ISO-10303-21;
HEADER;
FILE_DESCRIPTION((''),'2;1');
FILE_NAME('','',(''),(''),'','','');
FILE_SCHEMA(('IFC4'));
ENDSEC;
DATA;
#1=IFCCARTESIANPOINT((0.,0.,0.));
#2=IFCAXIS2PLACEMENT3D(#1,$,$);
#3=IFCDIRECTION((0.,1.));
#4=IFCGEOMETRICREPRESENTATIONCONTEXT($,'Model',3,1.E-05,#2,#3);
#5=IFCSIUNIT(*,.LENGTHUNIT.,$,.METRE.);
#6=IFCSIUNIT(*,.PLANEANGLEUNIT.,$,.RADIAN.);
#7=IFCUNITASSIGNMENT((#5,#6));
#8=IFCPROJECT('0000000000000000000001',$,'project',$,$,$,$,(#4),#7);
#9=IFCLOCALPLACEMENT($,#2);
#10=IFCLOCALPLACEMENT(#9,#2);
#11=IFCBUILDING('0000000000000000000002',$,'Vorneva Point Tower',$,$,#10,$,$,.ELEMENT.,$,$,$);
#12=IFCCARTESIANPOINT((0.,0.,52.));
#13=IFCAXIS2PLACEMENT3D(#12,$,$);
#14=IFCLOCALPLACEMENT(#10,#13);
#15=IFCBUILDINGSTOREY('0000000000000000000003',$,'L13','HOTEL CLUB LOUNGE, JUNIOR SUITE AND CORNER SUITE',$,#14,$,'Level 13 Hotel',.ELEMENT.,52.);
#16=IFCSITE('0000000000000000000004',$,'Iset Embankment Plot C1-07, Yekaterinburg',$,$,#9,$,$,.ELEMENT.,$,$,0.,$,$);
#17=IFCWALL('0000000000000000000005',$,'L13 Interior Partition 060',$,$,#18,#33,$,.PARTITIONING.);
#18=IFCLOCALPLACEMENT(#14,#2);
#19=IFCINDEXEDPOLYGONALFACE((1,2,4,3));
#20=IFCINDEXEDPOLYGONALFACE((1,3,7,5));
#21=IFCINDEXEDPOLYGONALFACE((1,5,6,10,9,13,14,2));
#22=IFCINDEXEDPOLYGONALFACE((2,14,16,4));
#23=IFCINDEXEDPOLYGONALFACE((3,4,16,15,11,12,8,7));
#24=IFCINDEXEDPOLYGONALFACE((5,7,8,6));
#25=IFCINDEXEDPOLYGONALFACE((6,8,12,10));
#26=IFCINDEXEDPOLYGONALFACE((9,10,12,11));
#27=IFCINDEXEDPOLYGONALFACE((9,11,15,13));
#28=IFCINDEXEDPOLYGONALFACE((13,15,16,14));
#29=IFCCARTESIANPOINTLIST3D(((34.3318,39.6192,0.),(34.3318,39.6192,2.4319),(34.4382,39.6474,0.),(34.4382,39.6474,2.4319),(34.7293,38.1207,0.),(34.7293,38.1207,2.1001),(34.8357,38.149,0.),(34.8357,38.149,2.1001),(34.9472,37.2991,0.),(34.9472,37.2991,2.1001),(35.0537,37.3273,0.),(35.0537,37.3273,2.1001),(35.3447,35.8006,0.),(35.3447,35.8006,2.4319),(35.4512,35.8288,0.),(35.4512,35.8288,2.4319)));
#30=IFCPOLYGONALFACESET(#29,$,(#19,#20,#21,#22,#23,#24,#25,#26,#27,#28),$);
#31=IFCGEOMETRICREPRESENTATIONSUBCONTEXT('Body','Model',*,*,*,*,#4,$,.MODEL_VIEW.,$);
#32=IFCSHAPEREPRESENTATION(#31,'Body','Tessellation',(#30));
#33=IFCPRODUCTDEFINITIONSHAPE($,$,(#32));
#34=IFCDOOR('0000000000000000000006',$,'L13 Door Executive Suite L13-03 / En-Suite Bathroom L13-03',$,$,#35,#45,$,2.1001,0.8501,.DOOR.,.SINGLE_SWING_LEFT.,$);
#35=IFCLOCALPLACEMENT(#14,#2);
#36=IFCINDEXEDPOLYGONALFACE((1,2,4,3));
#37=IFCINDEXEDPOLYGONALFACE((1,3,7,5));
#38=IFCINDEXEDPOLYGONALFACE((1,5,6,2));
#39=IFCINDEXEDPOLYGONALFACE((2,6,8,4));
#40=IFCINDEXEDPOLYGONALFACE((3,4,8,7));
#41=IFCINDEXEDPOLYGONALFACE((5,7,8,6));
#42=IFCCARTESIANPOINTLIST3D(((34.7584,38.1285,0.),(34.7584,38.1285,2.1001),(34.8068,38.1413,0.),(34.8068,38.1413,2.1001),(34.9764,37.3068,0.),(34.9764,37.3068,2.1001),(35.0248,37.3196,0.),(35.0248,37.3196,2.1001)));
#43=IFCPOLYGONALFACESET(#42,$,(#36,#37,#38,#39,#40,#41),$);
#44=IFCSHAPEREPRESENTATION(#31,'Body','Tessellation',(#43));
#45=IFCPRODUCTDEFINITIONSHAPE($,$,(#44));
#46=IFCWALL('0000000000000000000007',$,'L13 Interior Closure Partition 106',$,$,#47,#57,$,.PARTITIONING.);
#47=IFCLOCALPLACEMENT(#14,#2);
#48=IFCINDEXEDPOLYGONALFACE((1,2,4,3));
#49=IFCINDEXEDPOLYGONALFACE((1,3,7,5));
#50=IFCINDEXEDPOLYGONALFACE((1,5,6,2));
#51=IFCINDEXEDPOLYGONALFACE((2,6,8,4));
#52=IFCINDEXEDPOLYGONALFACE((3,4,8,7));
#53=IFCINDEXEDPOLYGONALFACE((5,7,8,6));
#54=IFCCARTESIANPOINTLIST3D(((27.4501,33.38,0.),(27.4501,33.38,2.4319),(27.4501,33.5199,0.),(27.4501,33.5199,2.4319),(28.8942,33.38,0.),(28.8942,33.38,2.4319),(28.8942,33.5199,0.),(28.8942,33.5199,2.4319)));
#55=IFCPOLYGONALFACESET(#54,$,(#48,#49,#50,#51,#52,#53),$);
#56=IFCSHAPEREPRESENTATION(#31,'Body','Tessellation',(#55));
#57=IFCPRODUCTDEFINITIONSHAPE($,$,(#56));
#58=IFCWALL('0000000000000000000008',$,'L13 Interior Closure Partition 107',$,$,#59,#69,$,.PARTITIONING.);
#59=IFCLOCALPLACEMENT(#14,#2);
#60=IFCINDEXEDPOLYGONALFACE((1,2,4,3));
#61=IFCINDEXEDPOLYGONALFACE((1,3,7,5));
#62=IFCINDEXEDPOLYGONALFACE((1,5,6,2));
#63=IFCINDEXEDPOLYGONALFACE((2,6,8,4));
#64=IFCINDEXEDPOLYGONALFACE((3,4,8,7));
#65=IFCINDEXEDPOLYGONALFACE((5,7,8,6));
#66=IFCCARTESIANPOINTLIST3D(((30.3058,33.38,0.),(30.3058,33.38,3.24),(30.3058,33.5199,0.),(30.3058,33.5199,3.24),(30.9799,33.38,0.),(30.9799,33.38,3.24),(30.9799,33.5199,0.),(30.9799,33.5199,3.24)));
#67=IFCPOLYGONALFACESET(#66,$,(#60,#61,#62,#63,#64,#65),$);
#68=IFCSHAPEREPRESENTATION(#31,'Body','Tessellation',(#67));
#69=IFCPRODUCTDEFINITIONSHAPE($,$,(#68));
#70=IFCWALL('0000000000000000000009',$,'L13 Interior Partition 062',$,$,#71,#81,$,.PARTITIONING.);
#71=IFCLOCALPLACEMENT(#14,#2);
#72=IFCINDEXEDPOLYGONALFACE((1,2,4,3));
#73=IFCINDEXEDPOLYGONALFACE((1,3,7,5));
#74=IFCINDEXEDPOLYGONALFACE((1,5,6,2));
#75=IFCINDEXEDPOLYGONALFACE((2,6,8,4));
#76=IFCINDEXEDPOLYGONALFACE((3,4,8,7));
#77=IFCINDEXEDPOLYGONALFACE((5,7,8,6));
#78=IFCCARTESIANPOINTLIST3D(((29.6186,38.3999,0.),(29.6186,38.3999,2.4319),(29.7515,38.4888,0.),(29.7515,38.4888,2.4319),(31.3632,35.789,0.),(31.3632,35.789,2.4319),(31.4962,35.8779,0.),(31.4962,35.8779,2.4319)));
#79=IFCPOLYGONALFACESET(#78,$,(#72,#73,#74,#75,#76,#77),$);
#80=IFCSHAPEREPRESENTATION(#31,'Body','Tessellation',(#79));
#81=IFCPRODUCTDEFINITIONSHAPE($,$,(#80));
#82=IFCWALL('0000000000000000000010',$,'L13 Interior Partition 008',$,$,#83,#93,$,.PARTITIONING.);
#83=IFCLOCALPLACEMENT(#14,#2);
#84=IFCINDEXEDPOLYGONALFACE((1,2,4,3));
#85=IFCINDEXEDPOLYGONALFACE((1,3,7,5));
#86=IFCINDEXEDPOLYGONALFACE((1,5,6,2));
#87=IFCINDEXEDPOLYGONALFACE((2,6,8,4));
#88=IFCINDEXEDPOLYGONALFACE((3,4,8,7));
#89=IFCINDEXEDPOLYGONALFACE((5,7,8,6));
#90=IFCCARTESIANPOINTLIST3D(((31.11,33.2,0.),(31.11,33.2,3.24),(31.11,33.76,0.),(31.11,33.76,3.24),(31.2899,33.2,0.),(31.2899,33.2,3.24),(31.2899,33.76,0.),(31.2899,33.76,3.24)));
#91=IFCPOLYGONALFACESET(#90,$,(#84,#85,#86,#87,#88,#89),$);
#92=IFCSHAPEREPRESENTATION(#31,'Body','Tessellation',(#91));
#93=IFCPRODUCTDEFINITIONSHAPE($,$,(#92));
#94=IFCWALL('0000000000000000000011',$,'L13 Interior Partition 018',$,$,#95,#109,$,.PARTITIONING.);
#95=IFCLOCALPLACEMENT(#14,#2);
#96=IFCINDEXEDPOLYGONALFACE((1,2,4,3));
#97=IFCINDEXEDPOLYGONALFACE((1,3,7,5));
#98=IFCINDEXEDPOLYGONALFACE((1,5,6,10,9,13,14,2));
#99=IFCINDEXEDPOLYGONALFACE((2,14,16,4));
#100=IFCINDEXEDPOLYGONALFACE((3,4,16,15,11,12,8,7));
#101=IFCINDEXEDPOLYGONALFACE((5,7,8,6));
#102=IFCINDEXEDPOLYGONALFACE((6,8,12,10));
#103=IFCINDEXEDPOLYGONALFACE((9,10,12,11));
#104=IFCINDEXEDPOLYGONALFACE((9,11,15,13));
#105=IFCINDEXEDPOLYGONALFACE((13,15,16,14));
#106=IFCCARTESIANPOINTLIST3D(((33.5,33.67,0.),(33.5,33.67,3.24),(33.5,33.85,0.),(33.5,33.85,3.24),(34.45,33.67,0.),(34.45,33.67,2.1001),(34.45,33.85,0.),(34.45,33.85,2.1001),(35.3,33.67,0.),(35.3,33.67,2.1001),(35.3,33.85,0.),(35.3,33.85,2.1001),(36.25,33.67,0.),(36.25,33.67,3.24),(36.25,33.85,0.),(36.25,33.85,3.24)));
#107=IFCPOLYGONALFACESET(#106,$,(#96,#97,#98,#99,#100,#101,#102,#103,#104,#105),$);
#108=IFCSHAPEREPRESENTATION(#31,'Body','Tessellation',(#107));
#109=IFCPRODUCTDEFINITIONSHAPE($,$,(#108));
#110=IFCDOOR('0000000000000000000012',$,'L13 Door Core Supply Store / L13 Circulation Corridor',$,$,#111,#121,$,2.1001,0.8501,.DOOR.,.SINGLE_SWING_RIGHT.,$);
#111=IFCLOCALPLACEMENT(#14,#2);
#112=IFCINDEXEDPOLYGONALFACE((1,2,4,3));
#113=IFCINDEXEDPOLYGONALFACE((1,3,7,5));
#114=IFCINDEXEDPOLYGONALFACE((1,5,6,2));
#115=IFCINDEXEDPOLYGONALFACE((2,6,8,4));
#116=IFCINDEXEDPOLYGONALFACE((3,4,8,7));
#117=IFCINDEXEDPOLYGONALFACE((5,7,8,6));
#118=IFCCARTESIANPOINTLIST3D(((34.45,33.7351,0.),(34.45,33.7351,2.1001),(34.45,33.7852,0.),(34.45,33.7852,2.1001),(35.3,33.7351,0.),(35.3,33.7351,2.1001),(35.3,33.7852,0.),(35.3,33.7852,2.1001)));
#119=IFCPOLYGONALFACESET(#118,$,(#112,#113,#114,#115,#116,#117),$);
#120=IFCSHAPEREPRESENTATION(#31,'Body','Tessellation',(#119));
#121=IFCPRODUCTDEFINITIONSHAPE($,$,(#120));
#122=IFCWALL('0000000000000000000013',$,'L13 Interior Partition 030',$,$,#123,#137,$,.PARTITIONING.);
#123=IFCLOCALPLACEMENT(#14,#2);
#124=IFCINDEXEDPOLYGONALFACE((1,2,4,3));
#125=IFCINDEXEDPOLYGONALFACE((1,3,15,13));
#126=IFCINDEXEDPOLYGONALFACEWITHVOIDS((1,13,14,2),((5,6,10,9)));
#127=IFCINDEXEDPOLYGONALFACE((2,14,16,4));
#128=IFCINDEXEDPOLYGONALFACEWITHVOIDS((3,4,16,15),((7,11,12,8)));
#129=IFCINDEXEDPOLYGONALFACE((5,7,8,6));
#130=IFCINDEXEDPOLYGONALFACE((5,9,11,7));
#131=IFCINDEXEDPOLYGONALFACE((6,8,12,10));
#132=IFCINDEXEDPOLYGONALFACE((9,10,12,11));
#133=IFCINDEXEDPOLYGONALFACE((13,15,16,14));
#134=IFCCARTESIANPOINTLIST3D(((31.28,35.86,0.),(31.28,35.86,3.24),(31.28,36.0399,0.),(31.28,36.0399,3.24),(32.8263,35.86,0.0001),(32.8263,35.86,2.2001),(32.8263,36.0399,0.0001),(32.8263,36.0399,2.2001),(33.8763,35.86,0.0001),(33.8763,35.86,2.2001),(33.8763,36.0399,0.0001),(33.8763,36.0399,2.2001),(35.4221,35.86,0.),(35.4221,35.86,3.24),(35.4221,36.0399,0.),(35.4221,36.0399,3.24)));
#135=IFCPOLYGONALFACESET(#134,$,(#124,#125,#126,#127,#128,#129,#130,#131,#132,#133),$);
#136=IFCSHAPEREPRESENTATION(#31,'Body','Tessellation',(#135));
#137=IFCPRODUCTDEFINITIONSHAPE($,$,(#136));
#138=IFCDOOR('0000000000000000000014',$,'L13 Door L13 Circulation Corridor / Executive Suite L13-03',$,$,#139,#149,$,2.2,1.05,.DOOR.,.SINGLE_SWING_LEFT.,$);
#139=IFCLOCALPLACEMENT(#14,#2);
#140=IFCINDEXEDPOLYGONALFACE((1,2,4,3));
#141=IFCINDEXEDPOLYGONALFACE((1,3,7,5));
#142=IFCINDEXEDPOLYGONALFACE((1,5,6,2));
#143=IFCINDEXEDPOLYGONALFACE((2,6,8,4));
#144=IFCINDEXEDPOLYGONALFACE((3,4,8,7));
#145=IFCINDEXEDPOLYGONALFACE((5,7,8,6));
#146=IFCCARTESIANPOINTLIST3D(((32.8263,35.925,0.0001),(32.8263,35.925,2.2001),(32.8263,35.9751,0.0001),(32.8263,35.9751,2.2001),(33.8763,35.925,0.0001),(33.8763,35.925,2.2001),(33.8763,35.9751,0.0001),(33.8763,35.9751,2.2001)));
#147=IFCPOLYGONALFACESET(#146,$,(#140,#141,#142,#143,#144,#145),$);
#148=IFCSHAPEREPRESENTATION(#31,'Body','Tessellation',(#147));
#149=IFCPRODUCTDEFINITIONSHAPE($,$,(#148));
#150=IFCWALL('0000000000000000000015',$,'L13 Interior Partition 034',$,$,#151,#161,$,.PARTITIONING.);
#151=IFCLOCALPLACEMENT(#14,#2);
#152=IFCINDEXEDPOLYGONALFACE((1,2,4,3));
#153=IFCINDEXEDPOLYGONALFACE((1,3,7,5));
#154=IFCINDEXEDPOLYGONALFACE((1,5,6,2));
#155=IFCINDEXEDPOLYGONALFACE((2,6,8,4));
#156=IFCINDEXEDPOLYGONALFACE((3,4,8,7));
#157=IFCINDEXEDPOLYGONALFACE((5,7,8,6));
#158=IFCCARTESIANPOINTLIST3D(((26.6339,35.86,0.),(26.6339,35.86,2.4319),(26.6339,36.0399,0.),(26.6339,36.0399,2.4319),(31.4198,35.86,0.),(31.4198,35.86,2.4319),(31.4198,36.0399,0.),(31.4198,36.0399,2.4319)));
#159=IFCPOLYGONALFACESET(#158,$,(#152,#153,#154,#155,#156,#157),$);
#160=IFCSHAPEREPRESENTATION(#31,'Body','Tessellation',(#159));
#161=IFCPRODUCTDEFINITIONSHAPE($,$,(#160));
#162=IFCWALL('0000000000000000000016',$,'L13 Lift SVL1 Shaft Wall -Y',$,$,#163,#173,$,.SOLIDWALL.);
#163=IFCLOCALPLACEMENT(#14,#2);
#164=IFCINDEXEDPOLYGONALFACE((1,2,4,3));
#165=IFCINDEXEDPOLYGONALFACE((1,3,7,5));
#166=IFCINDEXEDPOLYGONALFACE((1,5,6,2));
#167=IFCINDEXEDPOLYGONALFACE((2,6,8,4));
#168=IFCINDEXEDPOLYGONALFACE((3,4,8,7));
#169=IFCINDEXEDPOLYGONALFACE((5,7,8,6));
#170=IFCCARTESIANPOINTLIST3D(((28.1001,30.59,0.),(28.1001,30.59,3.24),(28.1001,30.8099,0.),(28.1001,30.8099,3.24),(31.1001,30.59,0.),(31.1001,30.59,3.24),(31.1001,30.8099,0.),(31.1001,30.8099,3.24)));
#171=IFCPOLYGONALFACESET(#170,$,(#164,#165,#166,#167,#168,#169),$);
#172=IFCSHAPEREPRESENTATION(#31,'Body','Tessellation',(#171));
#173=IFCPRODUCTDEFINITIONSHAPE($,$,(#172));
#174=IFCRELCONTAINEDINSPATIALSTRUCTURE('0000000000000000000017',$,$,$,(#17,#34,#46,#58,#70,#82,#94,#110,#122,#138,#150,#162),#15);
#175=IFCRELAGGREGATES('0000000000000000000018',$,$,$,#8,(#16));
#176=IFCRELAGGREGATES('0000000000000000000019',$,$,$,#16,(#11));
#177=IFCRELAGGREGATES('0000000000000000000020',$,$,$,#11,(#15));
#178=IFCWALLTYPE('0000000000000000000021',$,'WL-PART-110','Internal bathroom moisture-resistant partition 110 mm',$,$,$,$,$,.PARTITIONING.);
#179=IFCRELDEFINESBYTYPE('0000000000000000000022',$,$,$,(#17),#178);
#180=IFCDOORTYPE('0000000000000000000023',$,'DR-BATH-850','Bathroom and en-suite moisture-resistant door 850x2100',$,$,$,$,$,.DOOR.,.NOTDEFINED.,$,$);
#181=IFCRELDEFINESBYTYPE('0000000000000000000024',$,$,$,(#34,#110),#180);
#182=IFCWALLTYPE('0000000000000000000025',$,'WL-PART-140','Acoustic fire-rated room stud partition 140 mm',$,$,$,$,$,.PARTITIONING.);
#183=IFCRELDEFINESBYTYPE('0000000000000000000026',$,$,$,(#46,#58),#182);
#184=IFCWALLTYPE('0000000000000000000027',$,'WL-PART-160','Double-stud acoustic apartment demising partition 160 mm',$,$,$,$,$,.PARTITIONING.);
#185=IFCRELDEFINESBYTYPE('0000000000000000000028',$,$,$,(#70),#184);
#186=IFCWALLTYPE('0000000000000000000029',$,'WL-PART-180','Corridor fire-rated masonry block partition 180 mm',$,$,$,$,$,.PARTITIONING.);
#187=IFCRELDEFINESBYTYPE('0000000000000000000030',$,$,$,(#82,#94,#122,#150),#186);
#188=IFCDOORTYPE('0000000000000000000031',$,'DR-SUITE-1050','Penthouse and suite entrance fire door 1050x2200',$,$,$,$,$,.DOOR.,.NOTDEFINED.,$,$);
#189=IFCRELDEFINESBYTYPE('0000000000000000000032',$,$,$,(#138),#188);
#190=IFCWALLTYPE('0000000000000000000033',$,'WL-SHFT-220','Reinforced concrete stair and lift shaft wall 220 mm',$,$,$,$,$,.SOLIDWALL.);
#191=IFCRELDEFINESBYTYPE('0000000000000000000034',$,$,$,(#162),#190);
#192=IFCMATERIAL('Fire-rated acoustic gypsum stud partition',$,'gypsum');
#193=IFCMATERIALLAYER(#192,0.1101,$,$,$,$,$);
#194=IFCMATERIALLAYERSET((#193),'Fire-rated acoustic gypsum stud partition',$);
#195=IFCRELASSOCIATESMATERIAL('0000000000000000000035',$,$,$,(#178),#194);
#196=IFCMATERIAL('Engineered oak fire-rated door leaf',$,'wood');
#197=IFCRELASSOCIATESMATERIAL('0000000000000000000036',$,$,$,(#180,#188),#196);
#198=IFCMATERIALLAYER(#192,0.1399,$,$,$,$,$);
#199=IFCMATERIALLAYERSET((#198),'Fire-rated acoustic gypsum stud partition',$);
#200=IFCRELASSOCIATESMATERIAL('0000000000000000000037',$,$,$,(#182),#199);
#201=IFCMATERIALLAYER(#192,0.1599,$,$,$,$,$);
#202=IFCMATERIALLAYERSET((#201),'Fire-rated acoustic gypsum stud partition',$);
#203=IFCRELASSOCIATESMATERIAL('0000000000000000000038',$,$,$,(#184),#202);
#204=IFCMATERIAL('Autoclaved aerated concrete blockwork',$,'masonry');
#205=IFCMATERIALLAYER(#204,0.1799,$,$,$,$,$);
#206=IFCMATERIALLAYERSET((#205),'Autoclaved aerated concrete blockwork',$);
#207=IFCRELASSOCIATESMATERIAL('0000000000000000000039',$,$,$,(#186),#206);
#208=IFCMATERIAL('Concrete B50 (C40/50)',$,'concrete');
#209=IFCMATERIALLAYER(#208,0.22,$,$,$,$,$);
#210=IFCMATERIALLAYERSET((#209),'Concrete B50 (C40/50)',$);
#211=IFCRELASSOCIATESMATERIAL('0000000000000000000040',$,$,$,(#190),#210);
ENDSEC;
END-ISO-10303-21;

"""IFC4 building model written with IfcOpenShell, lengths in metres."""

from ifc_helpers import new_model, si_unit, direction, frame, frame_2d, origin, place, context, subcontext, project, spatial, rectangle, extrude, material, layer, layer_set, type_object, element, fill, save


model = new_model("IFC4")

# Units and contexts
model_context = context("Model", 3, precision=1e-05, world=origin(), true_north=direction((0.0, 1.0)))
body_context = subcontext(model_context, "Body", "Model", "MODEL_VIEW")
ifc_project = project(units=[si_unit("LENGTHUNIT", "METRE"), si_unit("PLANEANGLEUNIT", "RADIAN")], contexts=[model_context])

# Site, building, storey
site_placement = place(None, origin())
site = spatial("IfcSite", under=ifc_project, at=site_placement, Name="Iset Embankment Plot C1-07, Yekaterinburg", CompositionType="ELEMENT", RefElevation=0.0)
building_placement = place(site_placement, origin())
building = spatial("IfcBuilding", under=site, at=building_placement, Name="Vorneva Point Tower", CompositionType="ELEMENT")
storey_placement = place(building_placement, frame((0.0, 0.0, 52.0)))
storey = spatial("IfcBuildingStorey", under=building, at=storey_placement, Name="L13", Description="HOTEL CLUB LOUNGE, JUNIOR SUITE AND CORNER SUITE", LongName="Level 13 Hotel", CompositionType="ELEMENT", Elevation=52.0)

# Shared definitions
ifc_material_1 = material(Name="Fire-rated acoustic gypsum stud partition", Category="gypsum")
ifc_layer_1 = layer(ifc_material_1, 0.1101)
ifc_layer_set_1 = layer_set([ifc_layer_1], Name="Fire-rated acoustic gypsum stud partition")
wall_type_1 = type_object("IfcWallType", Name="WL-PART-110", Description="Internal bathroom moisture-resistant partition 110 mm", PredefinedType="PARTITIONING", material=ifc_layer_set_1)

# Wall, opening, door
wall_1_placement = place(storey_placement, frame((35.3979, 35.8147, 0.0), z_axis=(0.0, 0.0, 1.0), x_axis=(-0.256397, 0.966572, 0.0)))
wall_1 = element("IfcWall", 1, at=wall_1_placement, inside=storey, type_object=wall_type_1, Name="L13 Interior Partition 060", PredefinedType="PARTITIONING", context=body_context, shape_type="SweptSolid", body=[
    extrude(rectangle(XDim=3.9507, YDim=0.1101, at=frame_2d((1.9753, 0.0))), origin(), (0.0, 0.0, 1.0), 2.4319),
])
opening_1_placement = place(wall_1_placement, frame((1.5503, 0.0, 0.0)))
opening_1 = element("IfcOpeningElement", 2, at=opening_1_placement, cuts=wall_1, PredefinedType="OPENING", context=body_context, shape_type="SweptSolid", body=[
    extrude(rectangle(XDim=0.8501, YDim=2.1001, at=frame_2d((0.425, 1.05))), frame((0.0, 0.0698, 0.0), z_axis=(0.0, -1.0, 0.0), x_axis=(1.0, 0.0, 0.0)), (0.0, 0.0, 1.0), 0.1399),
])
ifc_material_2 = material(Name="Engineered oak fire-rated door leaf", Category="wood")
door_type_1 = type_object("IfcDoorType", Name="DR-BATH-850", Description="Bathroom and en-suite moisture-resistant door 850x2100", OperationType="NOTDEFINED", PredefinedType="DOOR", material=ifc_material_2)
door_1_placement = place(opening_1_placement, origin())
door_1 = element("IfcDoor", 3, at=door_1_placement, inside=storey, type_object=door_type_1, Name="L13 Door Executive Suite L13-03 / En-Suite Bathroom L13-03", OperationType="SINGLE_SWING_LEFT", OverallHeight=2.1001, OverallWidth=0.8501, PredefinedType="DOOR", context=body_context, shape_type="SweptSolid", body=[
    extrude(rectangle(XDim=0.8501, YDim=2.1001, at=frame_2d((0.425, 1.05))), frame((0.0, 0.0249, 0.0), z_axis=(0.0, -1.0, 0.0), x_axis=(1.0, 0.0, 0.0)), (0.0, 0.0, 1.0), 0.05),
])
fill(opening_1, door_1)

# Walls
ifc_layer_2 = layer(ifc_material_1, 0.1399)
ifc_layer_set_2 = layer_set([ifc_layer_2], Name="Fire-rated acoustic gypsum stud partition")
wall_type_2 = type_object("IfcWallType", Name="WL-PART-140", Description="Acoustic fire-rated room stud partition 140 mm", PredefinedType="PARTITIONING", material=ifc_layer_set_2)
wall_2_placement = place(storey_placement, frame((27.45, 33.45, 0.0), z_axis=(0.0, 0.0, 1.0), x_axis=(1.0, 0.0, 0.0)))
element("IfcWall", 4, at=wall_2_placement, inside=storey, type_object=wall_type_2, Name="L13 Interior Closure Partition 106", PredefinedType="PARTITIONING", context=body_context, shape_type="SweptSolid", body=[
    extrude(rectangle(XDim=1.4441, YDim=0.1399, at=frame_2d((0.7222, 0.0))), origin(), (0.0, 0.0, 1.0), 2.4319),
])
wall_3_placement = place(storey_placement, frame((30.3059, 33.45, 0.0), z_axis=(0.0, 0.0, 1.0), x_axis=(1.0, 0.0, 0.0)))
element("IfcWall", 5, at=wall_3_placement, inside=storey, type_object=wall_type_2, Name="L13 Interior Closure Partition 107", PredefinedType="PARTITIONING", context=body_context, shape_type="SweptSolid", body=[
    extrude(rectangle(XDim=0.6741, YDim=0.1399, at=frame_2d((0.3369, 0.0))), origin(), (0.0, 0.0, 1.0), 3.24),
])
ifc_layer_3 = layer(ifc_material_1, 0.1599)
ifc_layer_set_3 = layer_set([ifc_layer_3], Name="Fire-rated acoustic gypsum stud partition")
wall_type_3 = type_object("IfcWallType", Name="WL-PART-160", Description="Double-stud acoustic apartment demising partition 160 mm", PredefinedType="PARTITIONING", material=ifc_layer_set_3)
wall_4_placement = place(storey_placement, frame((29.6851, 38.4443, 0.0), z_axis=(0.0, 0.0, 1.0), x_axis=(0.555597, -0.831452, 0.0)))
element("IfcWall", 6, at=wall_4_placement, inside=storey, type_object=wall_type_3, Name="L13 Interior Partition 062", PredefinedType="PARTITIONING", context=body_context, shape_type="SweptSolid", body=[
    extrude(rectangle(XDim=3.1401, YDim=0.1599, at=frame_2d((1.5701, 0.0))), origin(), (0.0, 0.0, 1.0), 2.4319),
])

# Shared definitions
ifc_material_3 = material(Name="Autoclaved aerated concrete blockwork", Category="masonry")
ifc_layer_4 = layer(ifc_material_3, 0.1799)
ifc_layer_set_4 = layer_set([ifc_layer_4], Name="Autoclaved aerated concrete blockwork")
wall_type_4 = type_object("IfcWallType", Name="WL-PART-180", Description="Corridor fire-rated masonry block partition 180 mm", PredefinedType="PARTITIONING", material=ifc_layer_set_4)

# Wall
wall_5_placement = place(storey_placement, frame((31.2, 33.76, 0.0), z_axis=(0.0, 0.0, 1.0), x_axis=(0.0, -1.0, 0.0)))
element("IfcWall", 7, at=wall_5_placement, inside=storey, type_object=wall_type_4, Name="L13 Interior Partition 008", PredefinedType="PARTITIONING", context=body_context, shape_type="SweptSolid", body=[
    extrude(rectangle(XDim=0.5601, YDim=0.1799, at=frame_2d((0.28, 0.0))), origin(), (0.0, 0.0, 1.0), 3.24),
])

# Walls, openings, doors
wall_6_placement = place(storey_placement, frame((36.25, 33.76, 0.0), z_axis=(0.0, 0.0, 1.0), x_axis=(-1.0, 0.0, 0.0)))
wall_6 = element("IfcWall", 8, at=wall_6_placement, inside=storey, type_object=wall_type_4, Name="L13 Interior Partition 018", PredefinedType="PARTITIONING", context=body_context, shape_type="SweptSolid", body=[
    extrude(rectangle(XDim=2.75, YDim=0.1799, at=frame_2d((1.375, 0.0))), origin(), (0.0, 0.0, 1.0), 3.24),
])
opening_2_placement = place(wall_6_placement, frame((0.95, 0.0, 0.0)))
opening_2 = element("IfcOpeningElement", 9, at=opening_2_placement, cuts=wall_6, PredefinedType="OPENING", context=body_context, shape_type="SweptSolid", body=[
    extrude(rectangle(XDim=0.8501, YDim=2.1001, at=frame_2d((0.425, 1.05))), frame((0.0, 0.105, 0.0), z_axis=(0.0, -1.0, 0.0), x_axis=(1.0, 0.0, 0.0)), (0.0, 0.0, 1.0), 0.2097),
])
door_2_placement = place(opening_2_placement, origin())
door_2 = element("IfcDoor", 10, at=door_2_placement, inside=storey, type_object=door_type_1, Name="L13 Door Core Supply Store / L13 Circulation Corridor", OperationType="SINGLE_SWING_RIGHT", OverallHeight=2.1001, OverallWidth=0.8501, PredefinedType="DOOR", context=body_context, shape_type="SweptSolid", body=[
    extrude(rectangle(XDim=0.8501, YDim=2.1001, at=frame_2d((0.425, 1.05))), frame((0.0, 0.0249, 0.0), z_axis=(0.0, -1.0, 0.0), x_axis=(1.0, 0.0, 0.0)), (0.0, 0.0, 1.0), 0.05),
])
fill(opening_2, door_2)
wall_7_placement = place(storey_placement, frame((35.4221, 35.95, 0.0), z_axis=(0.0, 0.0, 1.0), x_axis=(-1.0, 0.0, 0.0)))
wall_7 = element("IfcWall", 11, at=wall_7_placement, inside=storey, type_object=wall_type_4, Name="L13 Interior Partition 030", PredefinedType="PARTITIONING", context=body_context, shape_type="SweptSolid", body=[
    extrude(rectangle(XDim=4.1421, YDim=0.1799, at=frame_2d((2.071, 0.0))), origin(), (0.0, 0.0, 1.0), 3.24),
])
opening_3_placement = place(wall_7_placement, frame((1.5459, 0.0, 0.0)))
opening_3 = element("IfcOpeningElement", 12, at=opening_3_placement, cuts=wall_7, PredefinedType="OPENING", context=body_context, shape_type="SweptSolid", body=[
    extrude(rectangle(XDim=1.05, YDim=2.2, at=frame_2d((0.5249, 1.1001))), frame((0.0, 0.105, 0.0), z_axis=(0.0, -1.0, 0.0), x_axis=(1.0, 0.0, 0.0)), (0.0, 0.0, 1.0), 0.2097),
])
door_type_2 = type_object("IfcDoorType", Name="DR-SUITE-1050", Description="Penthouse and suite entrance fire door 1050x2200", OperationType="NOTDEFINED", PredefinedType="DOOR", material=ifc_material_2)
door_3_placement = place(opening_3_placement, origin())
door_3 = element("IfcDoor", 13, at=door_3_placement, inside=storey, type_object=door_type_2, Name="L13 Door L13 Circulation Corridor / Executive Suite L13-03", OperationType="SINGLE_SWING_LEFT", OverallHeight=2.2, OverallWidth=1.05, PredefinedType="DOOR", context=body_context, shape_type="SweptSolid", body=[
    extrude(rectangle(XDim=1.05, YDim=2.2, at=frame_2d((0.5249, 1.1001))), frame((0.0, 0.0249, 0.0), z_axis=(0.0, -1.0, 0.0), x_axis=(1.0, 0.0, 0.0)), (0.0, 0.0, 1.0), 0.05),
])
fill(opening_3, door_3)

# Walls
wall_8_placement = place(storey_placement, frame((31.4199, 35.95, 0.0), z_axis=(0.0, 0.0, 1.0), x_axis=(-1.0, 0.0, 0.0)))
element("IfcWall", 14, at=wall_8_placement, inside=storey, type_object=wall_type_4, Name="L13 Interior Partition 034", PredefinedType="PARTITIONING", context=body_context, shape_type="SweptSolid", body=[
    extrude(rectangle(XDim=4.7859, YDim=0.1799, at=frame_2d((2.3931, 0.0))), origin(), (0.0, 0.0, 1.0), 2.4319),
])
ifc_material_4 = material(Name="Concrete B50 (C40/50)", Category="concrete")
ifc_layer_5 = layer(ifc_material_4, 0.22)
ifc_layer_set_5 = layer_set([ifc_layer_5], Name="Concrete B50 (C40/50)")
wall_type_5 = type_object("IfcWallType", Name="WL-SHFT-220", Description="Reinforced concrete stair and lift shaft wall 220 mm", PredefinedType="SOLIDWALL", material=ifc_layer_set_5)
wall_9_placement = place(storey_placement, frame((28.1001, 30.7, 0.0), z_axis=(0.0, 0.0, 1.0), x_axis=(1.0, 0.0, 0.0)))
element("IfcWall", 15, at=wall_9_placement, inside=storey, type_object=wall_type_5, Name="L13 Lift SVL1 Shaft Wall -Y", PredefinedType="SOLIDWALL", context=body_context, shape_type="SweptSolid", body=[
    extrude(rectangle(XDim=3.0, YDim=0.22, at=frame_2d((1.5, 0.0))), origin(), (0.0, 0.0, 1.0), 3.24),
])

save(model, "model.ifc")
